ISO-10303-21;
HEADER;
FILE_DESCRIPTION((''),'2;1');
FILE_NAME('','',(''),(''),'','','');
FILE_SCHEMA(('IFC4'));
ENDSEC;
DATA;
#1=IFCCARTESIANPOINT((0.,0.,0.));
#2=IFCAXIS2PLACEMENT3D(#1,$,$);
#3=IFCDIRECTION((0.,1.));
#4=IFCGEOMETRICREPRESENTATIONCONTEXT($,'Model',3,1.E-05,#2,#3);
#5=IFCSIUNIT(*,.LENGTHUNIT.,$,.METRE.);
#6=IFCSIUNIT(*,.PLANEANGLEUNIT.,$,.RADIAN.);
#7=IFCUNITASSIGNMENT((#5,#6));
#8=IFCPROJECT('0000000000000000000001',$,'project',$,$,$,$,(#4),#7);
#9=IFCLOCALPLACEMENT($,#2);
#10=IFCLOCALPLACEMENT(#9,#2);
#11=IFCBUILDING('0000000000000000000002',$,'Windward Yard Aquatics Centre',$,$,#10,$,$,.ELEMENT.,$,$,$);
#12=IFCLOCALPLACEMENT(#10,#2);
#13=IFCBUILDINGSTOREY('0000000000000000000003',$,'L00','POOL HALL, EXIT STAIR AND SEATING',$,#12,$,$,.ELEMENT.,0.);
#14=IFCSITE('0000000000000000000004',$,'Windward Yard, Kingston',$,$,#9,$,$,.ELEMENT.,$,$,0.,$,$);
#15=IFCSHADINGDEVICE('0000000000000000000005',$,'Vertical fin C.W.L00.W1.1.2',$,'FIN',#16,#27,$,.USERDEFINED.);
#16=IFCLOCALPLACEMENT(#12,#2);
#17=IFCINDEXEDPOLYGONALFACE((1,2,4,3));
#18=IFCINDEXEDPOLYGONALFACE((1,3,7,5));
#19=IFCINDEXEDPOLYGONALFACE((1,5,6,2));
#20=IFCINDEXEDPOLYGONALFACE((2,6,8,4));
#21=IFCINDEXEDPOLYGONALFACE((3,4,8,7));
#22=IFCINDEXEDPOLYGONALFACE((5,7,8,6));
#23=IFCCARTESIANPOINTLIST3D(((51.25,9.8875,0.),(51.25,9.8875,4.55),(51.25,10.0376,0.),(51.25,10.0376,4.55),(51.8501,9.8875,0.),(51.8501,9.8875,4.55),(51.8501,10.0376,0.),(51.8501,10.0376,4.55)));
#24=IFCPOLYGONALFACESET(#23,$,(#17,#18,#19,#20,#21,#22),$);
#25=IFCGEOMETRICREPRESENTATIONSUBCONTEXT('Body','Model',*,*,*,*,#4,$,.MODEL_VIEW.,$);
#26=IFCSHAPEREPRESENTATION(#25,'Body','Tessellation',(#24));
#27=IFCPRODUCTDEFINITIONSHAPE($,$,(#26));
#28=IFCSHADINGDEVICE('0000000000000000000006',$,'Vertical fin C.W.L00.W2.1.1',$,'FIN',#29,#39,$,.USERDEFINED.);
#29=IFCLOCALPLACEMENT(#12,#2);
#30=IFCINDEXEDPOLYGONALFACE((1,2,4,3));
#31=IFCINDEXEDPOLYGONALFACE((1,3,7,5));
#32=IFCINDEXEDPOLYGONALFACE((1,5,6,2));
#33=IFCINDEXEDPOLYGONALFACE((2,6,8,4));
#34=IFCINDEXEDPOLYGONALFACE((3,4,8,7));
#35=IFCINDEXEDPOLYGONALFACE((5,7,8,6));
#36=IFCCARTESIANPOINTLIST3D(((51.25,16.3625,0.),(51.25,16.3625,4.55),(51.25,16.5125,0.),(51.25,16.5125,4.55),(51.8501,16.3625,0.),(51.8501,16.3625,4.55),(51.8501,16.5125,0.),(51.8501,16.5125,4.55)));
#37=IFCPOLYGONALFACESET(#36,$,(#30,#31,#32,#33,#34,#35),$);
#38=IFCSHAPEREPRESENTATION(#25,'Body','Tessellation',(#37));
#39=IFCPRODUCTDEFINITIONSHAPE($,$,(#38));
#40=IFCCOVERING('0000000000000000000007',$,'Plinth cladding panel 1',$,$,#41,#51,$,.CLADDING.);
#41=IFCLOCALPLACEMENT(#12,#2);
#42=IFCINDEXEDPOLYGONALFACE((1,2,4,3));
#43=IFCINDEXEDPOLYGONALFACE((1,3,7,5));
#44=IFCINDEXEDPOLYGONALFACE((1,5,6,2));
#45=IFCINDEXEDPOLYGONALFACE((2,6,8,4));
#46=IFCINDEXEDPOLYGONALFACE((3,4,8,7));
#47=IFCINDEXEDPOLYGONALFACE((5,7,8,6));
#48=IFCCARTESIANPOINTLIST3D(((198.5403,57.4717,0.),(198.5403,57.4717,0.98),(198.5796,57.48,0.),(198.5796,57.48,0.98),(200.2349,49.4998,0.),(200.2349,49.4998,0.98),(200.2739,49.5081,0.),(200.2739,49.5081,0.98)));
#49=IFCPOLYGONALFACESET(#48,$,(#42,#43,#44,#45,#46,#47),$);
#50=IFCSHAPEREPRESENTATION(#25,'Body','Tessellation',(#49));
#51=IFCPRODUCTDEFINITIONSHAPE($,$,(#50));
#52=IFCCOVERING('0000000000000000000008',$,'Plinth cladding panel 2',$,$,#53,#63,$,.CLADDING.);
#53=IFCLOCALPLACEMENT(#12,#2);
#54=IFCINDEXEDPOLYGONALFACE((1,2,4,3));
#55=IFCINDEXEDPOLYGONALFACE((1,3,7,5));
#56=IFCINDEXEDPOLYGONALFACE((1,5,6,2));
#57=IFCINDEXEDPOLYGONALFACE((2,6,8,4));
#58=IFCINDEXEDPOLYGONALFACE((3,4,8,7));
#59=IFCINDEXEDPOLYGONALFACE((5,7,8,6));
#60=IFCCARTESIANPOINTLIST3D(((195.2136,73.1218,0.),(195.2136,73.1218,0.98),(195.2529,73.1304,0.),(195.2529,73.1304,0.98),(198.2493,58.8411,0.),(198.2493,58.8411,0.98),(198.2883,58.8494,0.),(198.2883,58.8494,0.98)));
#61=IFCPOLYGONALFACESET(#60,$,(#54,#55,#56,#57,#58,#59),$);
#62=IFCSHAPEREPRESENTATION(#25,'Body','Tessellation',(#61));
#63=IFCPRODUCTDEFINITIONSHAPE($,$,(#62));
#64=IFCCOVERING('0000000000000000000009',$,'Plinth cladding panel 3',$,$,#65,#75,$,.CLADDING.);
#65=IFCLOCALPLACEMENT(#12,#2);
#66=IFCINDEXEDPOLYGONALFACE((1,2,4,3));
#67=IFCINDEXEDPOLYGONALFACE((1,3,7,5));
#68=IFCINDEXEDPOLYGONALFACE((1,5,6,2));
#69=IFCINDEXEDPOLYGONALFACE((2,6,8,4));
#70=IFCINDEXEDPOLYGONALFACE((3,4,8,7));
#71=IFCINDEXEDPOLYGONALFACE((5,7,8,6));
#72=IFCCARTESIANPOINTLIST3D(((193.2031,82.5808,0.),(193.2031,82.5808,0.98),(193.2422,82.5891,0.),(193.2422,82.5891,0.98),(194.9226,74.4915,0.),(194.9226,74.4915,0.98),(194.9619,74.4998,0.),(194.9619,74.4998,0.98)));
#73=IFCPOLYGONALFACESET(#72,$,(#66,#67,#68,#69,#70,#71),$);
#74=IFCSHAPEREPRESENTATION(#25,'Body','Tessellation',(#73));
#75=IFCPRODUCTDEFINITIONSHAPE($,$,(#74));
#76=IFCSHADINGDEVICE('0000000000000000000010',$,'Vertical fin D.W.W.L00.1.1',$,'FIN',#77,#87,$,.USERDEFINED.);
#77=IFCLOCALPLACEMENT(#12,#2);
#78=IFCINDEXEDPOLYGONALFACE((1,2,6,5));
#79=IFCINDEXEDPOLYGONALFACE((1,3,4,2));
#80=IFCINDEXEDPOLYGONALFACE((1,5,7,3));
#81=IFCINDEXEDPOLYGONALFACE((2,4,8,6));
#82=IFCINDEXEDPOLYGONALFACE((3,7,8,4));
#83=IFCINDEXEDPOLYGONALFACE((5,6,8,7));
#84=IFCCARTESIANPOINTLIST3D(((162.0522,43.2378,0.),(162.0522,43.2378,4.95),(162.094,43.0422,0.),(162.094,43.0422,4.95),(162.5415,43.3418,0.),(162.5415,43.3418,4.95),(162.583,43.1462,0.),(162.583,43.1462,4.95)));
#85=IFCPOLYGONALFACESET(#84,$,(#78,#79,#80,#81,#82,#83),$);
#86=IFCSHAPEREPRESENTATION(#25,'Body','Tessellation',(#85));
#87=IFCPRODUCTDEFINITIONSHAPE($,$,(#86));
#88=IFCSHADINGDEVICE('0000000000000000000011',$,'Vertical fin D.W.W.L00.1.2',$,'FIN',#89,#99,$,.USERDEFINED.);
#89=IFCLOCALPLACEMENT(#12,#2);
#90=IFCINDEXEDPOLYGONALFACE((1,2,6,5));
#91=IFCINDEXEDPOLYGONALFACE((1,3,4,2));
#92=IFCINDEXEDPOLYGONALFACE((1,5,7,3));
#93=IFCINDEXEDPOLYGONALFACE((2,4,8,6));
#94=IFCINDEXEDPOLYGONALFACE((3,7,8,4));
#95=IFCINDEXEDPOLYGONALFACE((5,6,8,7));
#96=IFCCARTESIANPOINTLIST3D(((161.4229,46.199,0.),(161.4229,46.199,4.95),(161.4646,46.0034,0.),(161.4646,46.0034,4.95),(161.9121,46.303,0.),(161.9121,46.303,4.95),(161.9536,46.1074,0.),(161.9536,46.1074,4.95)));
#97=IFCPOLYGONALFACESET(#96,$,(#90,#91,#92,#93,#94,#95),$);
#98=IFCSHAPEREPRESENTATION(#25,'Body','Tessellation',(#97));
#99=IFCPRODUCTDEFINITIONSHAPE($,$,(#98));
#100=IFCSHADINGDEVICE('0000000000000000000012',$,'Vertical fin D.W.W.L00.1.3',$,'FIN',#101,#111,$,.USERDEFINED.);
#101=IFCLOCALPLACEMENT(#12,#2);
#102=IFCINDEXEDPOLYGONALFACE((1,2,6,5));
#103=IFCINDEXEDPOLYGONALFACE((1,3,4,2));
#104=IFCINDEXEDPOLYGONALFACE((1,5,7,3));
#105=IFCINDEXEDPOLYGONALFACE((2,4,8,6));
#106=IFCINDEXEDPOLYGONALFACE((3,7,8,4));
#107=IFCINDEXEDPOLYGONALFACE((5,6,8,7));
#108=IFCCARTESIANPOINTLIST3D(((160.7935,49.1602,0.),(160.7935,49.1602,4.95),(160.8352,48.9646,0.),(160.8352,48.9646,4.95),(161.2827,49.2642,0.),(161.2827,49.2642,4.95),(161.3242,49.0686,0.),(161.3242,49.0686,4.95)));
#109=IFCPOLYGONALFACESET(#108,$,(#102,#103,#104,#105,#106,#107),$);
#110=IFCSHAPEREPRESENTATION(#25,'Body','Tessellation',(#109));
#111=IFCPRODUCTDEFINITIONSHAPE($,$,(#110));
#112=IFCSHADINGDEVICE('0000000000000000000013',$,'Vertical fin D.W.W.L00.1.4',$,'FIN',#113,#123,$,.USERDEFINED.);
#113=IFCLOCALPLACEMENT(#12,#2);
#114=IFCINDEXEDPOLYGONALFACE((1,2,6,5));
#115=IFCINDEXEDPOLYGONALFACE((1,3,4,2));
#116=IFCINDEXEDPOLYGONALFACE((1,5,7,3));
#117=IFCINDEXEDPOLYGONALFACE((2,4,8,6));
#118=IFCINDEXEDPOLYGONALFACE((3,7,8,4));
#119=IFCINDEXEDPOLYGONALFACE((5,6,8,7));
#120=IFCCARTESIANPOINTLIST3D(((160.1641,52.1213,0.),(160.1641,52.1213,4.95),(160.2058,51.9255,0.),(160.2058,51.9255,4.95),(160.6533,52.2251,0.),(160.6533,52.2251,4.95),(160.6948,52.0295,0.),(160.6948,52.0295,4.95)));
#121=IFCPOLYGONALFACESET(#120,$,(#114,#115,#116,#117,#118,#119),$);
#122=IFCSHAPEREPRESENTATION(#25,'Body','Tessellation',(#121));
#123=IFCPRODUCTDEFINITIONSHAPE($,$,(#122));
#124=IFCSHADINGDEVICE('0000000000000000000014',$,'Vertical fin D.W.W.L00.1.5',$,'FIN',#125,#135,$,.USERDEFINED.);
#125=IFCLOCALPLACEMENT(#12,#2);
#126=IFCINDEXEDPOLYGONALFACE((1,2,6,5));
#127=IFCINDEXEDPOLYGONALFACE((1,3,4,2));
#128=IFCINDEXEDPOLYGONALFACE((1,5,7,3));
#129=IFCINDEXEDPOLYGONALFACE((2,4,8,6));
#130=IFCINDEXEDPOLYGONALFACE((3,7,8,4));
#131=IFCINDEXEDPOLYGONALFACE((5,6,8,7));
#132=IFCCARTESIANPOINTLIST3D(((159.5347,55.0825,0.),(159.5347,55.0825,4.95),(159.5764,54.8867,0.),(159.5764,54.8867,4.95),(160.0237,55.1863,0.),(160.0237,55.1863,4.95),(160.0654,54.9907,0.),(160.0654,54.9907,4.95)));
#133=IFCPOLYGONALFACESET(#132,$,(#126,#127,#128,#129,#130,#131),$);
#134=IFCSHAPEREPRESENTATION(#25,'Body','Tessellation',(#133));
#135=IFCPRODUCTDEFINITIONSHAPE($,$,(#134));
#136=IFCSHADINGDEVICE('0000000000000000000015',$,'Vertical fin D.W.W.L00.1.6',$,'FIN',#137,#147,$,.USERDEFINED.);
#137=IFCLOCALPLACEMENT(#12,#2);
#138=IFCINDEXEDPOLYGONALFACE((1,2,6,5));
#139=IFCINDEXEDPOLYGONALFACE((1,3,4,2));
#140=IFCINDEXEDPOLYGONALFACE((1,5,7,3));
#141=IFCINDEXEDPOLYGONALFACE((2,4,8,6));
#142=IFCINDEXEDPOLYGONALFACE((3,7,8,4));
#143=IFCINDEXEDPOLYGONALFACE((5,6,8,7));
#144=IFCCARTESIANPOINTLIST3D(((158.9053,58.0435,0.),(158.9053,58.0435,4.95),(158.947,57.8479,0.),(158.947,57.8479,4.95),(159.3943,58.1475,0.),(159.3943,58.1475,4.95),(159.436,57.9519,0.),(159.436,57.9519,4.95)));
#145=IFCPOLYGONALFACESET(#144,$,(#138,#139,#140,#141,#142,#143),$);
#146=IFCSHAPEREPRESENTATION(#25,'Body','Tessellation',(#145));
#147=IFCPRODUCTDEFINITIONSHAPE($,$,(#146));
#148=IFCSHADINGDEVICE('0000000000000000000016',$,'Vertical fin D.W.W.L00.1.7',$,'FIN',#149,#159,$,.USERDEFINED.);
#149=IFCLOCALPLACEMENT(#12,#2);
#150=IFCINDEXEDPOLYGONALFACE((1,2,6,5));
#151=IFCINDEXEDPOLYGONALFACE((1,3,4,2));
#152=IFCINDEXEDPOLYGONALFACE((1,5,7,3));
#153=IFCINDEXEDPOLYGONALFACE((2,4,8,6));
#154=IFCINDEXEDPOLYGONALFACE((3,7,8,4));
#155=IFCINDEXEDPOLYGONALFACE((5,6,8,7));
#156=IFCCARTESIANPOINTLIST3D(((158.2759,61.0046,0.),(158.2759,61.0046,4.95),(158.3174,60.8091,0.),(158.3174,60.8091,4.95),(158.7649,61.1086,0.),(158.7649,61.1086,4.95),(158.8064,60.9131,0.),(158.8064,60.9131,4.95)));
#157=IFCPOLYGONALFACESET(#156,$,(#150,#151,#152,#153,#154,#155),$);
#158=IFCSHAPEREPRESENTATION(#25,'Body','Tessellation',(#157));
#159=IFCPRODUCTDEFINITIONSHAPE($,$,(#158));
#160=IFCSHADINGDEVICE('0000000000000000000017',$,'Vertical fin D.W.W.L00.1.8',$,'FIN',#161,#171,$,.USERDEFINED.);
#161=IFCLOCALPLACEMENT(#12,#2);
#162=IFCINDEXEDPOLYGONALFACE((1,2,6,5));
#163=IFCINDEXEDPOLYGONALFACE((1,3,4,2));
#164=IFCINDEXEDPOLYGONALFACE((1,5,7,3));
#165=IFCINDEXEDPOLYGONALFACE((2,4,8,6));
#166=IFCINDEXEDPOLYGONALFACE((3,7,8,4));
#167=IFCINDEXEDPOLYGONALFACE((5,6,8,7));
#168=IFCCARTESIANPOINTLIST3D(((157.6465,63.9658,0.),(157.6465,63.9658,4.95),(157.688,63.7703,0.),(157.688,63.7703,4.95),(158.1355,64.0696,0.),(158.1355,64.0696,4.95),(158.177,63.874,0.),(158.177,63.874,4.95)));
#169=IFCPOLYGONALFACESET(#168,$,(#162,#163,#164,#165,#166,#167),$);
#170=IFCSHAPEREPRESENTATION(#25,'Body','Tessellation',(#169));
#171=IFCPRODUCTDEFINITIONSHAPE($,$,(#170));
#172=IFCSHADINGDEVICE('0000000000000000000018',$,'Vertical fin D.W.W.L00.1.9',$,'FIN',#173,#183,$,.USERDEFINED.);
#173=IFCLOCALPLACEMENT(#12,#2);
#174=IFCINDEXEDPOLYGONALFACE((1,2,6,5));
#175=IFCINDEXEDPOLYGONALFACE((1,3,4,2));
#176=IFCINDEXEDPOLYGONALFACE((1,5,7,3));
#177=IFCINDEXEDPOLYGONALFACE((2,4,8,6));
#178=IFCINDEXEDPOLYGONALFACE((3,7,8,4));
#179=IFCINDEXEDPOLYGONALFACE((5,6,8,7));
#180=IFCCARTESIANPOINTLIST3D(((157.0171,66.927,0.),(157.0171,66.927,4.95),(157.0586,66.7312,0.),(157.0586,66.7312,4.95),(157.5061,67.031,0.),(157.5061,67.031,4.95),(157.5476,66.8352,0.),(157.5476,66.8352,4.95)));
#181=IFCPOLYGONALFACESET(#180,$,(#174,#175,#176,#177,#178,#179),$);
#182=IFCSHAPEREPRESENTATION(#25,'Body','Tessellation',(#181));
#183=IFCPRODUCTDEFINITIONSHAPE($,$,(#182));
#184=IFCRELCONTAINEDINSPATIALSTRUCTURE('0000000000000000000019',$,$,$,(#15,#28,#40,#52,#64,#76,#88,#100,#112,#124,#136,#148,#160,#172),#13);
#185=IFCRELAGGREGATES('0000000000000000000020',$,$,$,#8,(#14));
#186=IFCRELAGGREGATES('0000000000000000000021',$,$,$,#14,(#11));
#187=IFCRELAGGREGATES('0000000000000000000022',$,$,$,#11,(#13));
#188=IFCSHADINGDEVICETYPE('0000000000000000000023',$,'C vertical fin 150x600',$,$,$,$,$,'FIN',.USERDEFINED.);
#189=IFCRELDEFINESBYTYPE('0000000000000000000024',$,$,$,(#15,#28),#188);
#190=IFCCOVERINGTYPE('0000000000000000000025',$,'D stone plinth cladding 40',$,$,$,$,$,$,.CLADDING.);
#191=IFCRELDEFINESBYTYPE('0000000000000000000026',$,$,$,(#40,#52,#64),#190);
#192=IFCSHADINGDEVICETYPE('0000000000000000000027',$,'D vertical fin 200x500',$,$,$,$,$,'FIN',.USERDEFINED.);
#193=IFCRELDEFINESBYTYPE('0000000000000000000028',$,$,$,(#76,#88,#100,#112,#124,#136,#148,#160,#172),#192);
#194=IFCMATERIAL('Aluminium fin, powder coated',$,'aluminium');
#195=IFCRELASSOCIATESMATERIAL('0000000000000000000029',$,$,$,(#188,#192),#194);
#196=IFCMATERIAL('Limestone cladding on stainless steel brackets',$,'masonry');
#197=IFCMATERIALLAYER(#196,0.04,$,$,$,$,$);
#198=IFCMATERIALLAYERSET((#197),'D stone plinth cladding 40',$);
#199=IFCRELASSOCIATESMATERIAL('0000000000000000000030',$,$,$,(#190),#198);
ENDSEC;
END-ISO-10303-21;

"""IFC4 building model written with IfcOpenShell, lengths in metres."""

from ifc_helpers import new_model, si_unit, direction, origin, place, context, subcontext, project, spatial, polyline, outline, extrude, material, layer, layer_set, type_object, element, save


model = new_model("IFC4")

# Units and contexts
model_context = context("Model", 3, precision=1e-05, world=origin(), true_north=direction((0.0, 1.0)))
body_context = subcontext(model_context, "Body", "Model", "MODEL_VIEW")
ifc_project = project(units=[si_unit("LENGTHUNIT", "METRE"), si_unit("PLANEANGLEUNIT", "RADIAN")], contexts=[model_context])

# Site, building, storey
site_placement = place(None, origin())
site = spatial("IfcSite", under=ifc_project, at=site_placement, Name="Windward Yard, Kingston", CompositionType="ELEMENT", RefElevation=0.0)
building_placement = place(site_placement, origin())
building = spatial("IfcBuilding", under=site, at=building_placement, Name="Windward Yard Aquatics Centre", CompositionType="ELEMENT")
storey_placement = place(building_placement, origin())
storey = spatial("IfcBuildingStorey", under=building, at=storey_placement, Name="L00", Description="POOL HALL, EXIT STAIR AND SEATING", CompositionType="ELEMENT", Elevation=0.0)

# Shading devices
ifc_material_1 = material(Name="Aluminium fin, powder coated", Category="aluminium")
shading_device_type_1 = type_object("IfcShadingDeviceType", Name="C vertical fin 150x600", ElementType="FIN", PredefinedType="USERDEFINED", material=ifc_material_1)
shading_device_1_placement = place(storey_placement, origin())
element("IfcShadingDevice", 1, at=shading_device_1_placement, inside=storey, type_object=shading_device_type_1, Name="Vertical fin C.W.L00.W1.1.2", ObjectType="FIN", PredefinedType="USERDEFINED", context=body_context, shape_type="SweptSolid", body=[
    extrude(outline(polyline([(51.25, 9.8875), (51.8501, 9.8875), (51.8501, 10.0376), (51.25, 10.0376), (51.25, 9.8875)])), origin(), (0.0, 0.0, 1.0), 4.55),
])
shading_device_2_placement = place(storey_placement, origin())
element("IfcShadingDevice", 2, at=shading_device_2_placement, inside=storey, type_object=shading_device_type_1, Name="Vertical fin C.W.L00.W2.1.1", ObjectType="FIN", PredefinedType="USERDEFINED", context=body_context, shape_type="SweptSolid", body=[
    extrude(outline(polyline([(51.25, 16.3625), (51.8501, 16.3625), (51.8501, 16.5125), (51.25, 16.5125), (51.25, 16.3625)])), origin(), (0.0, 0.0, 1.0), 4.55),
])

# Coverings
ifc_material_2 = material(Name="Limestone cladding on stainless steel brackets", Category="masonry")
ifc_layer = layer(ifc_material_2, 0.04)
ifc_layer_set = layer_set([ifc_layer], Name="D stone plinth cladding 40")
covering_type = type_object("IfcCoveringType", Name="D stone plinth cladding 40", PredefinedType="CLADDING", material=ifc_layer_set)
covering_1_placement = place(storey_placement, origin())
element("IfcCovering", 3, at=covering_1_placement, inside=storey, type_object=covering_type, Name="Plinth cladding panel 1", PredefinedType="CLADDING", context=body_context, shape_type="SweptSolid", body=[
    extrude(outline(polyline([(198.5403, 57.4717), (198.5796, 57.48), (200.2739, 49.5081), (200.2349, 49.4998), (198.5403, 57.4717)])), origin(), (0.0, 0.0, 1.0), 0.98),
])
covering_2_placement = place(storey_placement, origin())
element("IfcCovering", 4, at=covering_2_placement, inside=storey, type_object=covering_type, Name="Plinth cladding panel 2", PredefinedType="CLADDING", context=body_context, shape_type="SweptSolid", body=[
    extrude(outline(polyline([(195.2136, 73.1218), (195.2529, 73.1304), (198.2883, 58.8494), (198.2493, 58.8411), (195.2136, 73.1218)])), origin(), (0.0, 0.0, 1.0), 0.98),
])
covering_3_placement = place(storey_placement, origin())
element("IfcCovering", 5, at=covering_3_placement, inside=storey, type_object=covering_type, Name="Plinth cladding panel 3", PredefinedType="CLADDING", context=body_context, shape_type="SweptSolid", body=[
    extrude(outline(polyline([(193.2031, 82.5808), (193.2422, 82.5891), (194.9619, 74.4998), (194.9226, 74.4915), (193.2031, 82.5808)])), origin(), (0.0, 0.0, 1.0), 0.98),
])

# Shading devices
shading_device_type_2 = type_object("IfcShadingDeviceType", Name="D vertical fin 200x500", ElementType="FIN", PredefinedType="USERDEFINED", material=ifc_material_1)
shading_device_3_placement = place(storey_placement, origin())
element("IfcShadingDevice", 6, at=shading_device_3_placement, inside=storey, type_object=shading_device_type_2, Name="Vertical fin D.W.W.L00.1.1", ObjectType="FIN", PredefinedType="USERDEFINED", context=body_context, shape_type="SweptSolid", body=[
    extrude(outline(polyline([(162.0522, 43.2378), (162.094, 43.0422), (162.583, 43.1462), (162.5415, 43.3418), (162.0522, 43.2378)])), origin(), (0.0, 0.0, 1.0), 4.95),
])
shading_device_4_placement = place(storey_placement, origin())
element("IfcShadingDevice", 7, at=shading_device_4_placement, inside=storey, type_object=shading_device_type_2, Name="Vertical fin D.W.W.L00.1.2", ObjectType="FIN", PredefinedType="USERDEFINED", context=body_context, shape_type="SweptSolid", body=[
    extrude(outline(polyline([(161.4229, 46.199), (161.4646, 46.0034), (161.9536, 46.1074), (161.9121, 46.303), (161.4229, 46.199)])), origin(), (0.0, 0.0, 1.0), 4.95),
])
shading_device_5_placement = place(storey_placement, origin())
element("IfcShadingDevice", 8, at=shading_device_5_placement, inside=storey, type_object=shading_device_type_2, Name="Vertical fin D.W.W.L00.1.3", ObjectType="FIN", PredefinedType="USERDEFINED", context=body_context, shape_type="SweptSolid", body=[
    extrude(outline(polyline([(160.7935, 49.1602), (160.8352, 48.9646), (161.3242, 49.0686), (161.2827, 49.2642), (160.7935, 49.1602)])), origin(), (0.0, 0.0, 1.0), 4.95),
])
shading_device_6_placement = place(storey_placement, origin())
element("IfcShadingDevice", 9, at=shading_device_6_placement, inside=storey, type_object=shading_device_type_2, Name="Vertical fin D.W.W.L00.1.4", ObjectType="FIN", PredefinedType="USERDEFINED", context=body_context, shape_type="SweptSolid", body=[
    extrude(outline(polyline([(160.1641, 52.1213), (160.2058, 51.9255), (160.6948, 52.0295), (160.6533, 52.2251), (160.1641, 52.1213)])), origin(), (0.0, 0.0, 1.0), 4.95),
])
shading_device_7_placement = place(storey_placement, origin())
element("IfcShadingDevice", 10, at=shading_device_7_placement, inside=storey, type_object=shading_device_type_2, Name="Vertical fin D.W.W.L00.1.5", ObjectType="FIN", PredefinedType="USERDEFINED", context=body_context, shape_type="SweptSolid", body=[
    extrude(outline(polyline([(159.5347, 55.0825), (159.5764, 54.8867), (160.0654, 54.9907), (160.0237, 55.1863), (159.5347, 55.0825)])), origin(), (0.0, 0.0, 1.0), 4.95),
])
shading_device_8_placement = place(storey_placement, origin())
element("IfcShadingDevice", 11, at=shading_device_8_placement, inside=storey, type_object=shading_device_type_2, Name="Vertical fin D.W.W.L00.1.6", ObjectType="FIN", PredefinedType="USERDEFINED", context=body_context, shape_type="SweptSolid", body=[
    extrude(outline(polyline([(158.9053, 58.0435), (158.947, 57.8479), (159.436, 57.9519), (159.3943, 58.1475), (158.9053, 58.0435)])), origin(), (0.0, 0.0, 1.0), 4.95),
])
shading_device_9_placement = place(storey_placement, origin())
element("IfcShadingDevice", 12, at=shading_device_9_placement, inside=storey, type_object=shading_device_type_2, Name="Vertical fin D.W.W.L00.1.7", ObjectType="FIN", PredefinedType="USERDEFINED", context=body_context, shape_type="SweptSolid", body=[
    extrude(outline(polyline([(158.2759, 61.0046), (158.3174, 60.8091), (158.8064, 60.9131), (158.7649, 61.1086), (158.2759, 61.0046)])), origin(), (0.0, 0.0, 1.0), 4.95),
])
shading_device_10_placement = place(storey_placement, origin())
element("IfcShadingDevice", 13, at=shading_device_10_placement, inside=storey, type_object=shading_device_type_2, Name="Vertical fin D.W.W.L00.1.8", ObjectType="FIN", PredefinedType="USERDEFINED", context=body_context, shape_type="SweptSolid", body=[
    extrude(outline(polyline([(157.6465, 63.9658), (157.688, 63.7703), (158.177, 63.874), (158.1355, 64.0696), (157.6465, 63.9658)])), origin(), (0.0, 0.0, 1.0), 4.95),
])
shading_device_11_placement = place(storey_placement, origin())
element("IfcShadingDevice", 14, at=shading_device_11_placement, inside=storey, type_object=shading_device_type_2, Name="Vertical fin D.W.W.L00.1.9", ObjectType="FIN", PredefinedType="USERDEFINED", context=body_context, shape_type="SweptSolid", body=[
    extrude(outline(polyline([(157.0171, 66.927), (157.0586, 66.7312), (157.5476, 66.8352), (157.5061, 67.031), (157.0171, 66.927)])), origin(), (0.0, 0.0, 1.0), 4.95),
])

save(model, "model.ifc")
